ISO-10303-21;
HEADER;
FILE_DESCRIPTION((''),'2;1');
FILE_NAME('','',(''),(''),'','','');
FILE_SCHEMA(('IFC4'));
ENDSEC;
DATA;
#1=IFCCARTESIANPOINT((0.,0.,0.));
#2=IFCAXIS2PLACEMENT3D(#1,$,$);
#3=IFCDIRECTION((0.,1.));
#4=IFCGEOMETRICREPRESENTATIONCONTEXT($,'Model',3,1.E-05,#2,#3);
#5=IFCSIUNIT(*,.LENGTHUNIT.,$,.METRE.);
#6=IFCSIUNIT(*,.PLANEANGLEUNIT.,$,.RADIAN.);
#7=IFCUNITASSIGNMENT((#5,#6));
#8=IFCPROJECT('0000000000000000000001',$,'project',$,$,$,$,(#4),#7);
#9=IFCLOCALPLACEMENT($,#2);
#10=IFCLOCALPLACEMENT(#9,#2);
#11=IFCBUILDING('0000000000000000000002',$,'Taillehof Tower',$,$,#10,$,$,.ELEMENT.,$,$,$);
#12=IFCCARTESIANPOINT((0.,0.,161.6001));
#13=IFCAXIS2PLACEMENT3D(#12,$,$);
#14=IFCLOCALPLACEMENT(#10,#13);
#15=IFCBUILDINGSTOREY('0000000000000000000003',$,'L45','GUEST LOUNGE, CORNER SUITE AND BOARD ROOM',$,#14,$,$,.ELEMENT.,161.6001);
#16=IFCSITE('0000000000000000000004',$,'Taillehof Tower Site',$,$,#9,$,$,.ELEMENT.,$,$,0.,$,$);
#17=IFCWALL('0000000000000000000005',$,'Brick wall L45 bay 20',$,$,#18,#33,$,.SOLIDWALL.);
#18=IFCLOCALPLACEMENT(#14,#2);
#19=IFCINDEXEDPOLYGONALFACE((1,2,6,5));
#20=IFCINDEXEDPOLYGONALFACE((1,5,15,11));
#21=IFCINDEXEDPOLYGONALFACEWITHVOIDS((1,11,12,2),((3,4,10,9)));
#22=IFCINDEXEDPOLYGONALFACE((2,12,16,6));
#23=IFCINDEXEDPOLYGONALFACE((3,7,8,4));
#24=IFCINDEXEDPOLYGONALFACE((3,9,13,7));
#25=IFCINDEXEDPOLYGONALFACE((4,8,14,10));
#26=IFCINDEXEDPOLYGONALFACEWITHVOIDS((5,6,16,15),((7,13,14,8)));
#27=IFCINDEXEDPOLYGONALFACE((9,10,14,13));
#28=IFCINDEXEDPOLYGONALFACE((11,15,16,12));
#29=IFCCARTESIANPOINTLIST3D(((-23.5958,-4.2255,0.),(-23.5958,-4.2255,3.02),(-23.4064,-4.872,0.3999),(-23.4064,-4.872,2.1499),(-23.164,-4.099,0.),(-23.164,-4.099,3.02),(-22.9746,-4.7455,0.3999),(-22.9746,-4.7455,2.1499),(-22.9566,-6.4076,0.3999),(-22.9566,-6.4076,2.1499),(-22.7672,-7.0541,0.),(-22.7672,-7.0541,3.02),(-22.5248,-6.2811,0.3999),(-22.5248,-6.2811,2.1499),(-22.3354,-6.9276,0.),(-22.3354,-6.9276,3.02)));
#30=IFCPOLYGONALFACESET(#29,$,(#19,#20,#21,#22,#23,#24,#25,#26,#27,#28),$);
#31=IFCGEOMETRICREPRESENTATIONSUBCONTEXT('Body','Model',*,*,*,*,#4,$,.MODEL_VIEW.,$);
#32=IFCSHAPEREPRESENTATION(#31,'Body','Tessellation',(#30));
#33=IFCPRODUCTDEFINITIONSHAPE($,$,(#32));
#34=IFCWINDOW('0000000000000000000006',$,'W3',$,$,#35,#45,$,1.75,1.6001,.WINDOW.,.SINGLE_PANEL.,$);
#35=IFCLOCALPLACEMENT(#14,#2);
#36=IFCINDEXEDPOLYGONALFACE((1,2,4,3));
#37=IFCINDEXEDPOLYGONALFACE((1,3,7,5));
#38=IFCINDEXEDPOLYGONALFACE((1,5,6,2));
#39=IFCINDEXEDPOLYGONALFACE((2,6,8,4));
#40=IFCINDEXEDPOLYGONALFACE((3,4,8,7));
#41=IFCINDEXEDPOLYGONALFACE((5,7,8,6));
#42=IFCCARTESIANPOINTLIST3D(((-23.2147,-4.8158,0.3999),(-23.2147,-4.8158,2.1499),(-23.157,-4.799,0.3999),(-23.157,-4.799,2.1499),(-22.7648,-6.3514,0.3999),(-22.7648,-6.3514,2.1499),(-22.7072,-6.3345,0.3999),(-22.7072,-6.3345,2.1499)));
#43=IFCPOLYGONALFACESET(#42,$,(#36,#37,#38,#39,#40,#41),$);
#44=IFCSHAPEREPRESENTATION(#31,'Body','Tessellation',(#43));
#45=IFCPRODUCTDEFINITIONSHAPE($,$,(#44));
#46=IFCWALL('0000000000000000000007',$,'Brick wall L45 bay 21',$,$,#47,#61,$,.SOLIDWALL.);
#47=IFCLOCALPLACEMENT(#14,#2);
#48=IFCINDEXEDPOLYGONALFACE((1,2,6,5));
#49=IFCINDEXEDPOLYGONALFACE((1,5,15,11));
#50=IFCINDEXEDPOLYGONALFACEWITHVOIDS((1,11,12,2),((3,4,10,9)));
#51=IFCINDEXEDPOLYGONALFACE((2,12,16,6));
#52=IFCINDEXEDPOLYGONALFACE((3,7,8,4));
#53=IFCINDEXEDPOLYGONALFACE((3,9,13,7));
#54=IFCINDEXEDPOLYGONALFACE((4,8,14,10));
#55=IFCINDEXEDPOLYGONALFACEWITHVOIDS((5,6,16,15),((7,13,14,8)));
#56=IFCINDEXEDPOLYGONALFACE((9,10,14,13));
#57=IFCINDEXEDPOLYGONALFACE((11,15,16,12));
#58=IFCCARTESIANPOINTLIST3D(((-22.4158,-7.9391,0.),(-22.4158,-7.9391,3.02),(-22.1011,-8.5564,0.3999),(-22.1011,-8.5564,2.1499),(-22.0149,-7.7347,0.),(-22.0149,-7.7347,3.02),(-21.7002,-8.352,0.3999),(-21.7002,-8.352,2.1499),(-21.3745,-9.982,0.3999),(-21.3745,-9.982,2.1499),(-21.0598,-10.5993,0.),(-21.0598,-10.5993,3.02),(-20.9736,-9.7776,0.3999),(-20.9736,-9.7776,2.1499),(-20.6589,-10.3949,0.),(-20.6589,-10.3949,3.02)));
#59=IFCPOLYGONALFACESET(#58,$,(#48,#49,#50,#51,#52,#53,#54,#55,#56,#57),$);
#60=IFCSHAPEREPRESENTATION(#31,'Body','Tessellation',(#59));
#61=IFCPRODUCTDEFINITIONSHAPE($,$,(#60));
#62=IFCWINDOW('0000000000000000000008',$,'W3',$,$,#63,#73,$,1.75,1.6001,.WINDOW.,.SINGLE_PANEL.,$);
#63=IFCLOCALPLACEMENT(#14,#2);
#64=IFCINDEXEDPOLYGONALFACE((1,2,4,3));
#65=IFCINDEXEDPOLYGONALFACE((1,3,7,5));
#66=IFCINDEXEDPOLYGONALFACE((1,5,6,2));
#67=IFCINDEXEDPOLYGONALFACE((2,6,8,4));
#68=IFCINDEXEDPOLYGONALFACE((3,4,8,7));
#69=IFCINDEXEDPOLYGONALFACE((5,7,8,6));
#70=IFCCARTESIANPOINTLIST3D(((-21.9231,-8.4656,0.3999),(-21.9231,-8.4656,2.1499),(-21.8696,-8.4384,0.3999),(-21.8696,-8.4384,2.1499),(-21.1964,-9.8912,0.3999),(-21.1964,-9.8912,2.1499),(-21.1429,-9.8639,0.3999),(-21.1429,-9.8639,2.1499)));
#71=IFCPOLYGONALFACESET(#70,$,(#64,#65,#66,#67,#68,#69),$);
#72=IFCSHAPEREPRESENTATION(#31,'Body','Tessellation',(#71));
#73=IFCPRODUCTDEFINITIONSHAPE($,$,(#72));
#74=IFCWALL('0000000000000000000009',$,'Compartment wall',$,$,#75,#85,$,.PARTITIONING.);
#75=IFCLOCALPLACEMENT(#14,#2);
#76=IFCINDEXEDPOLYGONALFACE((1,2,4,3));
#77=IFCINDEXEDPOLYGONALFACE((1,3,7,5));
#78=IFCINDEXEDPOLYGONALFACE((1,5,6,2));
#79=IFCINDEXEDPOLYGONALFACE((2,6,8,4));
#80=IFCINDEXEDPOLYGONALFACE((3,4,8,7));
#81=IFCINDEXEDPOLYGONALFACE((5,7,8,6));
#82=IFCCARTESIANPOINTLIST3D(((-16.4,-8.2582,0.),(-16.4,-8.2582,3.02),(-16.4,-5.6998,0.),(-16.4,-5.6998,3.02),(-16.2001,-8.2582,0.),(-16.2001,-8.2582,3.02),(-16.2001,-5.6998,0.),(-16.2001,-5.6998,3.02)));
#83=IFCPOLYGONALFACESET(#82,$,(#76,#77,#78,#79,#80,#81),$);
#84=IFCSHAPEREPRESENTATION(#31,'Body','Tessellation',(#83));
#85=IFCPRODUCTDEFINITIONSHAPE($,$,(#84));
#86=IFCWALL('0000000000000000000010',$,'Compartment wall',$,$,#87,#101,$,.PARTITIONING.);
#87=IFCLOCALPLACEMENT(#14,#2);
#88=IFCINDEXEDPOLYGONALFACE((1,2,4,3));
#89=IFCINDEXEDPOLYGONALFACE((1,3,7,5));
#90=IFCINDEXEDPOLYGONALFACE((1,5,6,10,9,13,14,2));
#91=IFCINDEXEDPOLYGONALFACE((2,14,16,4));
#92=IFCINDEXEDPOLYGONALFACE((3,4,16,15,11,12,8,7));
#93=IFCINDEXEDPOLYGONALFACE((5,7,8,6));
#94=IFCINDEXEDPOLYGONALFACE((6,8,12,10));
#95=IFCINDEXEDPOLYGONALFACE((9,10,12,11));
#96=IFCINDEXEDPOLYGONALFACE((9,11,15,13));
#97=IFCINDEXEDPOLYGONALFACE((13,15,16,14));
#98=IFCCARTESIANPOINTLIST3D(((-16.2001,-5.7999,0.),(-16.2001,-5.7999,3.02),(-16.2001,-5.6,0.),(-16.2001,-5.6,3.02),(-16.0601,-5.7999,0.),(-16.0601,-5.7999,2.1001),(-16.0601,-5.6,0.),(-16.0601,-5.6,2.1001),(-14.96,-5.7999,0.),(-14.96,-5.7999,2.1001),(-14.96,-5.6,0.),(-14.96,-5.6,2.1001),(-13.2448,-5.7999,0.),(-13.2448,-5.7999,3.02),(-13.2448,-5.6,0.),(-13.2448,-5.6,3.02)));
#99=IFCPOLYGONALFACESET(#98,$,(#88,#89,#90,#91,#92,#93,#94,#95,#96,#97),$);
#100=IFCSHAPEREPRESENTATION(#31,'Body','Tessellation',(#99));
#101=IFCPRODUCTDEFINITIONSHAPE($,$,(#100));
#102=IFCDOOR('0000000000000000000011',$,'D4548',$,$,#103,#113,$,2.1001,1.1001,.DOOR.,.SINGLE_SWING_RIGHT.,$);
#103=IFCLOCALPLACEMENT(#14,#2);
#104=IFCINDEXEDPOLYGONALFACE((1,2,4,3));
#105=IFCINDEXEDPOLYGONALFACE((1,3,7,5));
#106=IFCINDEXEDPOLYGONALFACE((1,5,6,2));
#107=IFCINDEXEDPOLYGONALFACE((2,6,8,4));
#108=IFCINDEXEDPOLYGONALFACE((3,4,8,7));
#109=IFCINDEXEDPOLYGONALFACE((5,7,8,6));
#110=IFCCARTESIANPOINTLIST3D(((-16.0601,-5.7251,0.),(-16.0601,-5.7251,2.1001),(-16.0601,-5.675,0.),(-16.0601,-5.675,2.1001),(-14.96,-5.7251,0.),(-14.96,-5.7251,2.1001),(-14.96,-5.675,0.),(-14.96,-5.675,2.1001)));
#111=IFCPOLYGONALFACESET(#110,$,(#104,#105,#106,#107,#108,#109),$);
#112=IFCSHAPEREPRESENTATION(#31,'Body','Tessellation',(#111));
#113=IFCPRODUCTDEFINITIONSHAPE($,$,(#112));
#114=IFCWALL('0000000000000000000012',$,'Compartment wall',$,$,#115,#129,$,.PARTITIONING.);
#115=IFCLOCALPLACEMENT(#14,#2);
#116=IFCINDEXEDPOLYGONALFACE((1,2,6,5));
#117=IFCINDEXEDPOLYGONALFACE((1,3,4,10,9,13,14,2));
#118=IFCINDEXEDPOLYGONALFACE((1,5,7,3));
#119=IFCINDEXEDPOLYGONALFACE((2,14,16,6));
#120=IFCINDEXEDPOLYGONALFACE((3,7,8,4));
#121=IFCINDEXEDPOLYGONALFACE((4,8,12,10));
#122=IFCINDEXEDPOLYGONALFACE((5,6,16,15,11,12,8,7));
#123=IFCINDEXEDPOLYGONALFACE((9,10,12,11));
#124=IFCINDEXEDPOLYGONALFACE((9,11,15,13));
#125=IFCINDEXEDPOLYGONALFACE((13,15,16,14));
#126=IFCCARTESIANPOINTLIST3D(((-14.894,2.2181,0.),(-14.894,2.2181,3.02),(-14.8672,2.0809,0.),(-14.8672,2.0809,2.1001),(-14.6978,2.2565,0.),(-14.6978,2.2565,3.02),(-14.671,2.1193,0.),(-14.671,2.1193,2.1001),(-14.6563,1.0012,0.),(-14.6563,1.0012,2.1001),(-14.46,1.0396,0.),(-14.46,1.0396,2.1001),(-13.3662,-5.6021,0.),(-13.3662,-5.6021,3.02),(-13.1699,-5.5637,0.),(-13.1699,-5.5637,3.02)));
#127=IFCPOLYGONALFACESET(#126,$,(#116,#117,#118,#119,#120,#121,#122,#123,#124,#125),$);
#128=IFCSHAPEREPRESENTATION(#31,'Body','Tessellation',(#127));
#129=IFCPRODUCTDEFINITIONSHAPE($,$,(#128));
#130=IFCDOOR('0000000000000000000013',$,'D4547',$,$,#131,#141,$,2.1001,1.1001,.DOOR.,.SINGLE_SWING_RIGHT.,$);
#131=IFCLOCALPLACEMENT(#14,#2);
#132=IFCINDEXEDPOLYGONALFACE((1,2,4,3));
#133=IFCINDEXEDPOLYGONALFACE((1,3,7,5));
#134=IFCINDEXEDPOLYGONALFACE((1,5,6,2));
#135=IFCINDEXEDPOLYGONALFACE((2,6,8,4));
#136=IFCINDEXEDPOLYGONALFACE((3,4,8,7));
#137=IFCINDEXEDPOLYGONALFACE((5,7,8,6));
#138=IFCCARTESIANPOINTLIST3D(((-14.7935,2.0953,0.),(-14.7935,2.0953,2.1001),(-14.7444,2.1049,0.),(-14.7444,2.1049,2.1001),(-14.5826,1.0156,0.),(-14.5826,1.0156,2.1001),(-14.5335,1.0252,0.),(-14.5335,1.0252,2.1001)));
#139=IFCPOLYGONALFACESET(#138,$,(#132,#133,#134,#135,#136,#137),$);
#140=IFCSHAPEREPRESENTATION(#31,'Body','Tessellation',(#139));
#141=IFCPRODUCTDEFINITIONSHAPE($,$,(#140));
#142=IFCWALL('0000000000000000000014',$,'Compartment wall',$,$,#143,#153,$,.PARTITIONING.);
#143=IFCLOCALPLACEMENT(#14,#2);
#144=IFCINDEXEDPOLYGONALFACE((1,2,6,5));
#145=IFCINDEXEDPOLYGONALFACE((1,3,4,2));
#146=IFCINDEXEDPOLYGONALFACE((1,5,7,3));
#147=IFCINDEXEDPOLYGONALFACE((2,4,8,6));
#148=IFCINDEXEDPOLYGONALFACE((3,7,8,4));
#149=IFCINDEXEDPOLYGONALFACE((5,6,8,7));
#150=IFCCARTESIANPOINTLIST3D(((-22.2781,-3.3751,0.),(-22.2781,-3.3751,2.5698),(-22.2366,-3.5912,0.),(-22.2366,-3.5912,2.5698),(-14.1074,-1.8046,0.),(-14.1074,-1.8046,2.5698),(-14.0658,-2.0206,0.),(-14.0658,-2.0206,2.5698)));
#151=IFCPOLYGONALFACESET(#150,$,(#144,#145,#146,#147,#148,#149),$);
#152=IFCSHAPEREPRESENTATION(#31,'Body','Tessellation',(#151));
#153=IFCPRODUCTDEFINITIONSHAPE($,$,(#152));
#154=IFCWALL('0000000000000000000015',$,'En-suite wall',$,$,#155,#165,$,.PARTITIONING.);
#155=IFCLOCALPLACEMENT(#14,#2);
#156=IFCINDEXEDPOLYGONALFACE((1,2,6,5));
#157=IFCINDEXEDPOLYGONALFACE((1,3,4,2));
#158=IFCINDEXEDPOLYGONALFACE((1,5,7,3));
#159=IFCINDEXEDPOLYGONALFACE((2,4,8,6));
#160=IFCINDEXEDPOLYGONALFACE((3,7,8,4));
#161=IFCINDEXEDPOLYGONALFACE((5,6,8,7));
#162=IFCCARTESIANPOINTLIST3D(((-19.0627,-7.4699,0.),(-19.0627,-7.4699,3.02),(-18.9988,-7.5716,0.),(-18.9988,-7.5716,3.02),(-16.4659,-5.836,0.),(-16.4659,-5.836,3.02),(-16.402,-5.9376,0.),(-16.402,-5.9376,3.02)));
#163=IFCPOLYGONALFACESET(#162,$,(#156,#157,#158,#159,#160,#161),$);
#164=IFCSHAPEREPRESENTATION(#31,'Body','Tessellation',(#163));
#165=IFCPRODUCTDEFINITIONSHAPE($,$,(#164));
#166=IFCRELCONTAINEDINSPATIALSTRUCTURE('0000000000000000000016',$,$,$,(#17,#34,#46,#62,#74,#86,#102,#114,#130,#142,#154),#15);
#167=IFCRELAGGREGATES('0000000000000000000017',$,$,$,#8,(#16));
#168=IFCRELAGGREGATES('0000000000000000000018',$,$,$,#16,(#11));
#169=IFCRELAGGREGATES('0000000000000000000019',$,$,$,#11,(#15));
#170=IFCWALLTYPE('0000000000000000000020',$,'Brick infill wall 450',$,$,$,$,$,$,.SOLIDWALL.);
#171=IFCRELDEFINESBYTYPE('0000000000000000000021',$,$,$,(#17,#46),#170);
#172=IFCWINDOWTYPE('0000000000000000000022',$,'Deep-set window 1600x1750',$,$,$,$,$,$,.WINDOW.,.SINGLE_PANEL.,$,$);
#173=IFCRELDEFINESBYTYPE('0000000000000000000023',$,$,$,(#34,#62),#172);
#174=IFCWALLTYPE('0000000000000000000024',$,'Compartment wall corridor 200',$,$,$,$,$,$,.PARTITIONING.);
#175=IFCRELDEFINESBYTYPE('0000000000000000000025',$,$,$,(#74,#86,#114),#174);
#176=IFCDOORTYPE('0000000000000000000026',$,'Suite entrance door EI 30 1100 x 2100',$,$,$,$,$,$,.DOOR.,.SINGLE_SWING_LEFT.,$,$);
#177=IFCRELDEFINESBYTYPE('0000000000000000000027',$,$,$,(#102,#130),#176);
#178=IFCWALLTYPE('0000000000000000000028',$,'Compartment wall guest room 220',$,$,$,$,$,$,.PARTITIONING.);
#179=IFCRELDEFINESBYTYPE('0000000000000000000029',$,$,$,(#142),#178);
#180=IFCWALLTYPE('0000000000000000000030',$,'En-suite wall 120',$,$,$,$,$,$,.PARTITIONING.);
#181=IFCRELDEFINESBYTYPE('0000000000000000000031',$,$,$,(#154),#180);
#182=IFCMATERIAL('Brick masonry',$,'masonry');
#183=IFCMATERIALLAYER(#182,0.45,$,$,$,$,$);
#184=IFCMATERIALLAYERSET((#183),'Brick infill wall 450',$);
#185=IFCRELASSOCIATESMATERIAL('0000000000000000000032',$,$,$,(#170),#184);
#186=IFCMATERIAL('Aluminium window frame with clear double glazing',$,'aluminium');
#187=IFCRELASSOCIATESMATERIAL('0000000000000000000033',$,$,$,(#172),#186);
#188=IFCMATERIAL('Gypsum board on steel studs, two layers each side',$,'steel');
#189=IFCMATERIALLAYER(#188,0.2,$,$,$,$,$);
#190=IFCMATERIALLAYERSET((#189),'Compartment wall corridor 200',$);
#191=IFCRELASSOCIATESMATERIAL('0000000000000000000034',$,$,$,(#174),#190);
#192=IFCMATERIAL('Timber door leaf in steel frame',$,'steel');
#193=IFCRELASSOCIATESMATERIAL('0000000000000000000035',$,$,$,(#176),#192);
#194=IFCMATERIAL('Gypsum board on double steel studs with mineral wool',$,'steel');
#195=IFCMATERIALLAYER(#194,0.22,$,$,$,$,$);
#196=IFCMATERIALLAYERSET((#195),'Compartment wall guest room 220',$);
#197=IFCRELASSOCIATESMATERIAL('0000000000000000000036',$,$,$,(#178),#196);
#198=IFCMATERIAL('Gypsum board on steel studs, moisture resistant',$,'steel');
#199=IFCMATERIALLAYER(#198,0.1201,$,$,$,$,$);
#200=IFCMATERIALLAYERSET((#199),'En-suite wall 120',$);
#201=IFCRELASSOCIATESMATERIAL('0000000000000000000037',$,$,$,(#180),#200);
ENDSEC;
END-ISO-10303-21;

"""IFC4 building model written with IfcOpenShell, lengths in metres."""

from ifc_helpers import new_model, si_unit, direction, frame, frame_2d, origin, place, context, subcontext, project, spatial, rectangle, extrude, material, layer, layer_set, type_object, element, fill, save


model = new_model("IFC4")

# Units and contexts
model_context = context("Model", 3, precision=1e-05, world=origin(), true_north=direction((0.0, 1.0)))
body_context = subcontext(model_context, "Body", "Model", "MODEL_VIEW")
ifc_project = project(units=[si_unit("LENGTHUNIT", "METRE"), si_unit("PLANEANGLEUNIT", "RADIAN")], contexts=[model_context])

# Site, building, storey
site_placement = place(None, origin())
site = spatial("IfcSite", under=ifc_project, at=site_placement, Name="Taillehof Tower Site", CompositionType="ELEMENT", RefElevation=0.0)
building_placement = place(site_placement, origin())
building = spatial("IfcBuilding", under=site, at=building_placement, Name="Taillehof Tower", CompositionType="ELEMENT")
storey_placement = place(building_placement, frame((0.0, 0.0, 161.6001)))
storey = spatial("IfcBuildingStorey", under=building, at=storey_placement, Name="L45", Description="GUEST LOUNGE, CORNER SUITE AND BOARD ROOM", CompositionType="ELEMENT", Elevation=161.6001)

# Walls, openings, windows
ifc_material_1 = material(Name="Brick masonry", Category="masonry")
ifc_layer_1 = layer(ifc_material_1, 0.45)
ifc_layer_set_1 = layer_set([ifc_layer_1], Name="Brick infill wall 450")
wall_type_1 = type_object("IfcWallType", Name="Brick infill wall 450", PredefinedType="SOLIDWALL", material=ifc_layer_set_1)
ifc_material_2 = material(Name="Aluminium window frame with clear double glazing", Category="aluminium")
window_type = type_object("IfcWindowType", Name="Deep-set window 1600x1750", PartitioningType="SINGLE_PANEL", PredefinedType="WINDOW", material=ifc_material_2)
wall_1_placement = place(storey_placement, frame((-23.3799, -4.1624, 0.0), z_axis=(0.0, 0.0, 1.0), x_axis=(0.281126, -0.959671, 0.0)))
wall_1 = element("IfcWall", 1, at=wall_1_placement, inside=storey, type_object=wall_type_1, Name="Brick wall L45 bay 20", PredefinedType="SOLIDWALL", context=body_context, shape_type="SweptSolid", body=[
    extrude(rectangle(XDim=2.9475, YDim=0.45, at=frame_2d((1.4736, 0.0))), origin(), (0.0, 0.0, 1.0), 3.02),
])
opening_1_placement = place(wall_1_placement, frame((0.6736, 0.0, 0.3999)))
opening_1 = element("IfcOpeningElement", 2, at=opening_1_placement, cuts=wall_1, PredefinedType="OPENING", context=body_context, shape_type="SweptSolid", body=[
    extrude(rectangle(XDim=1.6001, YDim=1.75, at=frame_2d((0.8, 0.875))), frame((0.0, 0.2349, 0.0), z_axis=(0.0, -1.0, 0.0), x_axis=(1.0, 0.0, 0.0)), (0.0, 0.0, 1.0), 0.47),
])
window_1_placement = place(opening_1_placement, origin())
window_1 = element("IfcWindow", 3, at=window_1_placement, inside=storey, type_object=window_type, Name="W3", OverallHeight=1.75, OverallWidth=1.6001, PartitioningType="SINGLE_PANEL", PredefinedType="WINDOW", context=body_context, shape_type="SweptSolid", body=[
    extrude(rectangle(XDim=1.6001, YDim=1.75, at=frame_2d((0.8, 0.875))), frame((0.0, 0.0349, 0.0), z_axis=(0.0, -1.0, 0.0), x_axis=(1.0, 0.0, 0.0)), (0.0, 0.0, 1.0), 0.0601),
])
fill(opening_1, window_1)
wall_2_placement = place(storey_placement, frame((-22.2153, -7.8369, 0.0), z_axis=(0.0, 0.0, 1.0), x_axis=(0.454134, -0.890933, 0.0)))
wall_2 = element("IfcWall", 4, at=wall_2_placement, inside=storey, type_object=wall_type_1, Name="Brick wall L45 bay 21", PredefinedType="SOLIDWALL", context=body_context, shape_type="SweptSolid", body=[
    extrude(rectangle(XDim=2.9858, YDim=0.45, at=frame_2d((1.4929, 0.0))), origin(), (0.0, 0.0, 1.0), 3.02),
])
opening_2_placement = place(wall_2_placement, frame((0.6929, 0.0, 0.3999)))
opening_2 = element("IfcOpeningElement", 5, at=opening_2_placement, cuts=wall_2, PredefinedType="OPENING", context=body_context, shape_type="SweptSolid", body=[
    extrude(rectangle(XDim=1.6001, YDim=1.75, at=frame_2d((0.8, 0.875))), frame((0.0, 0.2349, 0.0), z_axis=(0.0, -1.0, 0.0), x_axis=(1.0, 0.0, 0.0)), (0.0, 0.0, 1.0), 0.47),
])
window_2_placement = place(opening_2_placement, origin())
window_2 = element("IfcWindow", 6, at=window_2_placement, inside=storey, type_object=window_type, Name="W3", OverallHeight=1.75, OverallWidth=1.6001, PartitioningType="SINGLE_PANEL", PredefinedType="WINDOW", context=body_context, shape_type="SweptSolid", body=[
    extrude(rectangle(XDim=1.6001, YDim=1.75, at=frame_2d((0.8, 0.875))), frame((0.0, 0.0349, 0.0), z_axis=(0.0, -1.0, 0.0), x_axis=(1.0, 0.0, 0.0)), (0.0, 0.0, 1.0), 0.0601),
])
fill(opening_2, window_2)

# Wall
ifc_material_3 = material(Name="Gypsum board on steel studs, two layers each side", Category="steel")
ifc_layer_2 = layer(ifc_material_3, 0.2)
ifc_layer_set_2 = layer_set([ifc_layer_2], Name="Compartment wall corridor 200")
wall_type_2 = type_object("IfcWallType", Name="Compartment wall corridor 200", PredefinedType="PARTITIONING", material=ifc_layer_set_2)
wall_3_placement = place(storey_placement, frame((-16.3, -8.2583, 0.0), z_axis=(0.0, 0.0, 1.0), x_axis=(0.0, 1.0, 0.0)))
element("IfcWall", 7, at=wall_3_placement, inside=storey, type_object=wall_type_2, Name="Compartment wall", PredefinedType="PARTITIONING", context=body_context, shape_type="SweptSolid", body=[
    extrude(rectangle(XDim=2.5583, YDim=0.2, at=frame_2d((1.2793, 0.0))), origin(), (0.0, 0.0, 1.0), 3.02),
])

# Walls, openings, doors
wall_4_placement = place(storey_placement, frame((-16.2, -5.7, 0.0), z_axis=(0.0, 0.0, 1.0), x_axis=(1.0, 0.0, 0.0)))
wall_4 = element("IfcWall", 8, at=wall_4_placement, inside=storey, type_object=wall_type_2, Name="Compartment wall", PredefinedType="PARTITIONING", context=body_context, shape_type="SweptSolid", body=[
    extrude(rectangle(XDim=2.9553, YDim=0.2, at=frame_2d((1.4775, 0.0))), origin(), (0.0, 0.0, 1.0), 3.02),
])
opening_3_placement = place(wall_4_placement, frame((0.1399, 0.0, 0.0)))
opening_3 = element("IfcOpeningElement", 9, at=opening_3_placement, cuts=wall_4, PredefinedType="OPENING", context=body_context, shape_type="SweptSolid", body=[
    extrude(rectangle(XDim=1.1001, YDim=2.1001, at=frame_2d((0.55, 1.05))), frame((0.0, 0.1099, 0.0), z_axis=(0.0, -1.0, 0.0), x_axis=(1.0, 0.0, 0.0)), (0.0, 0.0, 1.0), 0.22),
])
ifc_material_4 = material(Name="Timber door leaf in steel frame", Category="steel")
door_type_1 = type_object("IfcDoorType", Name="Suite entrance door EI 30 1100 x 2100", OperationType="SINGLE_SWING_LEFT", PredefinedType="DOOR", material=ifc_material_4)
door_1_placement = place(opening_3_placement, origin())
door_1 = element("IfcDoor", 10, at=door_1_placement, inside=storey, type_object=door_type_1, Name="D4548", OperationType="SINGLE_SWING_RIGHT", OverallHeight=2.1001, OverallWidth=1.1001, PredefinedType="DOOR", context=body_context, shape_type="SweptSolid", body=[
    extrude(rectangle(XDim=1.1001, YDim=2.1001, at=frame_2d((0.55, 1.05))), frame((0.0, 0.0249, 0.0), z_axis=(0.0, -1.0, 0.0), x_axis=(1.0, 0.0, 0.0)), (0.0, 0.0, 1.0), 0.05),
])
fill(opening_3, door_1)
wall_5_placement = place(storey_placement, frame((-13.2681, -5.5828, 0.0), z_axis=(0.0, 0.0, 1.0), x_axis=(-0.191748, 0.981444, 0.0)))
wall_5 = element("IfcWall", 11, at=wall_5_placement, inside=storey, type_object=wall_type_2, Name="Compartment wall", PredefinedType="PARTITIONING", context=body_context, shape_type="SweptSolid", body=[
    extrude(rectangle(XDim=7.968, YDim=0.2, at=frame_2d((3.9839, 0.0))), origin(), (0.0, 0.0, 1.0), 3.02),
])
opening_4_placement = place(wall_5_placement, frame((6.728, 0.0, 0.0)))
opening_4 = element("IfcOpeningElement", 12, at=opening_4_placement, cuts=wall_5, PredefinedType="OPENING", context=body_context, shape_type="SweptSolid", body=[
    extrude(rectangle(XDim=1.1001, YDim=2.1001, at=frame_2d((0.55, 1.05))), frame((0.0, 0.1099, 0.0), z_axis=(0.0, -1.0, 0.0), x_axis=(1.0, 0.0, 0.0)), (0.0, 0.0, 1.0), 0.22),
])
door_2_placement = place(opening_4_placement, origin())
door_2 = element("IfcDoor", 13, at=door_2_placement, inside=storey, type_object=door_type_1, Name="D4547", OperationType="SINGLE_SWING_RIGHT", OverallHeight=2.1001, OverallWidth=1.1001, PredefinedType="DOOR", context=body_context, shape_type="SweptSolid", body=[
    extrude(rectangle(XDim=1.1001, YDim=2.1001, at=frame_2d((0.55, 1.05))), frame((0.0, 0.0249, 0.0), z_axis=(0.0, -1.0, 0.0), x_axis=(1.0, 0.0, 0.0)), (0.0, 0.0, 1.0), 0.05),
])
fill(opening_4, door_2)

# Walls
ifc_material_5 = material(Name="Gypsum board on double steel studs with mineral wool", Category="steel")
ifc_layer_3 = layer(ifc_material_5, 0.22)
ifc_layer_set_3 = layer_set([ifc_layer_3], Name="Compartment wall guest room 220")
wall_type_3 = type_object("IfcWallType", Name="Compartment wall guest room 220", PredefinedType="PARTITIONING", material=ifc_layer_set_3)
wall_6_placement = place(storey_placement, frame((-22.2573, -3.4832, 0.0), z_axis=(0.0, 0.0, 1.0), x_axis=(0.982023, 0.188764, 0.0)))
element("IfcWall", 14, at=wall_6_placement, inside=storey, type_object=wall_type_3, Name="Compartment wall", PredefinedType="PARTITIONING", context=body_context, shape_type="SweptSolid", body=[
    extrude(rectangle(XDim=8.3203, YDim=0.22, at=frame_2d((4.1602, 0.0))), origin(), (0.0, 0.0, 1.0), 2.5698),
])
ifc_material_6 = material(Name="Gypsum board on steel studs, moisture resistant", Category="steel")
ifc_layer_4 = layer(ifc_material_6, 0.1201)
ifc_layer_set_4 = layer_set([ifc_layer_4], Name="En-suite wall 120")
wall_type_4 = type_object("IfcWallType", Name="En-suite wall 120", PredefinedType="PARTITIONING", material=ifc_layer_set_4)
wall_7_placement = place(storey_placement, frame((-16.4338, -5.8867, 0.0), z_axis=(0.0, 0.0, 1.0), x_axis=(-0.84639, -0.532564, 0.0)))
element("IfcWall", 15, at=wall_7_placement, inside=storey, type_object=wall_type_4, Name="En-suite wall", PredefinedType="PARTITIONING", context=body_context, shape_type="SweptSolid", body=[
    extrude(rectangle(XDim=3.0681, YDim=0.1201, at=frame_2d((1.5342, 0.0))), origin(), (0.0, 0.0, 1.0), 3.02),
])

save(model, "model.ifc")
